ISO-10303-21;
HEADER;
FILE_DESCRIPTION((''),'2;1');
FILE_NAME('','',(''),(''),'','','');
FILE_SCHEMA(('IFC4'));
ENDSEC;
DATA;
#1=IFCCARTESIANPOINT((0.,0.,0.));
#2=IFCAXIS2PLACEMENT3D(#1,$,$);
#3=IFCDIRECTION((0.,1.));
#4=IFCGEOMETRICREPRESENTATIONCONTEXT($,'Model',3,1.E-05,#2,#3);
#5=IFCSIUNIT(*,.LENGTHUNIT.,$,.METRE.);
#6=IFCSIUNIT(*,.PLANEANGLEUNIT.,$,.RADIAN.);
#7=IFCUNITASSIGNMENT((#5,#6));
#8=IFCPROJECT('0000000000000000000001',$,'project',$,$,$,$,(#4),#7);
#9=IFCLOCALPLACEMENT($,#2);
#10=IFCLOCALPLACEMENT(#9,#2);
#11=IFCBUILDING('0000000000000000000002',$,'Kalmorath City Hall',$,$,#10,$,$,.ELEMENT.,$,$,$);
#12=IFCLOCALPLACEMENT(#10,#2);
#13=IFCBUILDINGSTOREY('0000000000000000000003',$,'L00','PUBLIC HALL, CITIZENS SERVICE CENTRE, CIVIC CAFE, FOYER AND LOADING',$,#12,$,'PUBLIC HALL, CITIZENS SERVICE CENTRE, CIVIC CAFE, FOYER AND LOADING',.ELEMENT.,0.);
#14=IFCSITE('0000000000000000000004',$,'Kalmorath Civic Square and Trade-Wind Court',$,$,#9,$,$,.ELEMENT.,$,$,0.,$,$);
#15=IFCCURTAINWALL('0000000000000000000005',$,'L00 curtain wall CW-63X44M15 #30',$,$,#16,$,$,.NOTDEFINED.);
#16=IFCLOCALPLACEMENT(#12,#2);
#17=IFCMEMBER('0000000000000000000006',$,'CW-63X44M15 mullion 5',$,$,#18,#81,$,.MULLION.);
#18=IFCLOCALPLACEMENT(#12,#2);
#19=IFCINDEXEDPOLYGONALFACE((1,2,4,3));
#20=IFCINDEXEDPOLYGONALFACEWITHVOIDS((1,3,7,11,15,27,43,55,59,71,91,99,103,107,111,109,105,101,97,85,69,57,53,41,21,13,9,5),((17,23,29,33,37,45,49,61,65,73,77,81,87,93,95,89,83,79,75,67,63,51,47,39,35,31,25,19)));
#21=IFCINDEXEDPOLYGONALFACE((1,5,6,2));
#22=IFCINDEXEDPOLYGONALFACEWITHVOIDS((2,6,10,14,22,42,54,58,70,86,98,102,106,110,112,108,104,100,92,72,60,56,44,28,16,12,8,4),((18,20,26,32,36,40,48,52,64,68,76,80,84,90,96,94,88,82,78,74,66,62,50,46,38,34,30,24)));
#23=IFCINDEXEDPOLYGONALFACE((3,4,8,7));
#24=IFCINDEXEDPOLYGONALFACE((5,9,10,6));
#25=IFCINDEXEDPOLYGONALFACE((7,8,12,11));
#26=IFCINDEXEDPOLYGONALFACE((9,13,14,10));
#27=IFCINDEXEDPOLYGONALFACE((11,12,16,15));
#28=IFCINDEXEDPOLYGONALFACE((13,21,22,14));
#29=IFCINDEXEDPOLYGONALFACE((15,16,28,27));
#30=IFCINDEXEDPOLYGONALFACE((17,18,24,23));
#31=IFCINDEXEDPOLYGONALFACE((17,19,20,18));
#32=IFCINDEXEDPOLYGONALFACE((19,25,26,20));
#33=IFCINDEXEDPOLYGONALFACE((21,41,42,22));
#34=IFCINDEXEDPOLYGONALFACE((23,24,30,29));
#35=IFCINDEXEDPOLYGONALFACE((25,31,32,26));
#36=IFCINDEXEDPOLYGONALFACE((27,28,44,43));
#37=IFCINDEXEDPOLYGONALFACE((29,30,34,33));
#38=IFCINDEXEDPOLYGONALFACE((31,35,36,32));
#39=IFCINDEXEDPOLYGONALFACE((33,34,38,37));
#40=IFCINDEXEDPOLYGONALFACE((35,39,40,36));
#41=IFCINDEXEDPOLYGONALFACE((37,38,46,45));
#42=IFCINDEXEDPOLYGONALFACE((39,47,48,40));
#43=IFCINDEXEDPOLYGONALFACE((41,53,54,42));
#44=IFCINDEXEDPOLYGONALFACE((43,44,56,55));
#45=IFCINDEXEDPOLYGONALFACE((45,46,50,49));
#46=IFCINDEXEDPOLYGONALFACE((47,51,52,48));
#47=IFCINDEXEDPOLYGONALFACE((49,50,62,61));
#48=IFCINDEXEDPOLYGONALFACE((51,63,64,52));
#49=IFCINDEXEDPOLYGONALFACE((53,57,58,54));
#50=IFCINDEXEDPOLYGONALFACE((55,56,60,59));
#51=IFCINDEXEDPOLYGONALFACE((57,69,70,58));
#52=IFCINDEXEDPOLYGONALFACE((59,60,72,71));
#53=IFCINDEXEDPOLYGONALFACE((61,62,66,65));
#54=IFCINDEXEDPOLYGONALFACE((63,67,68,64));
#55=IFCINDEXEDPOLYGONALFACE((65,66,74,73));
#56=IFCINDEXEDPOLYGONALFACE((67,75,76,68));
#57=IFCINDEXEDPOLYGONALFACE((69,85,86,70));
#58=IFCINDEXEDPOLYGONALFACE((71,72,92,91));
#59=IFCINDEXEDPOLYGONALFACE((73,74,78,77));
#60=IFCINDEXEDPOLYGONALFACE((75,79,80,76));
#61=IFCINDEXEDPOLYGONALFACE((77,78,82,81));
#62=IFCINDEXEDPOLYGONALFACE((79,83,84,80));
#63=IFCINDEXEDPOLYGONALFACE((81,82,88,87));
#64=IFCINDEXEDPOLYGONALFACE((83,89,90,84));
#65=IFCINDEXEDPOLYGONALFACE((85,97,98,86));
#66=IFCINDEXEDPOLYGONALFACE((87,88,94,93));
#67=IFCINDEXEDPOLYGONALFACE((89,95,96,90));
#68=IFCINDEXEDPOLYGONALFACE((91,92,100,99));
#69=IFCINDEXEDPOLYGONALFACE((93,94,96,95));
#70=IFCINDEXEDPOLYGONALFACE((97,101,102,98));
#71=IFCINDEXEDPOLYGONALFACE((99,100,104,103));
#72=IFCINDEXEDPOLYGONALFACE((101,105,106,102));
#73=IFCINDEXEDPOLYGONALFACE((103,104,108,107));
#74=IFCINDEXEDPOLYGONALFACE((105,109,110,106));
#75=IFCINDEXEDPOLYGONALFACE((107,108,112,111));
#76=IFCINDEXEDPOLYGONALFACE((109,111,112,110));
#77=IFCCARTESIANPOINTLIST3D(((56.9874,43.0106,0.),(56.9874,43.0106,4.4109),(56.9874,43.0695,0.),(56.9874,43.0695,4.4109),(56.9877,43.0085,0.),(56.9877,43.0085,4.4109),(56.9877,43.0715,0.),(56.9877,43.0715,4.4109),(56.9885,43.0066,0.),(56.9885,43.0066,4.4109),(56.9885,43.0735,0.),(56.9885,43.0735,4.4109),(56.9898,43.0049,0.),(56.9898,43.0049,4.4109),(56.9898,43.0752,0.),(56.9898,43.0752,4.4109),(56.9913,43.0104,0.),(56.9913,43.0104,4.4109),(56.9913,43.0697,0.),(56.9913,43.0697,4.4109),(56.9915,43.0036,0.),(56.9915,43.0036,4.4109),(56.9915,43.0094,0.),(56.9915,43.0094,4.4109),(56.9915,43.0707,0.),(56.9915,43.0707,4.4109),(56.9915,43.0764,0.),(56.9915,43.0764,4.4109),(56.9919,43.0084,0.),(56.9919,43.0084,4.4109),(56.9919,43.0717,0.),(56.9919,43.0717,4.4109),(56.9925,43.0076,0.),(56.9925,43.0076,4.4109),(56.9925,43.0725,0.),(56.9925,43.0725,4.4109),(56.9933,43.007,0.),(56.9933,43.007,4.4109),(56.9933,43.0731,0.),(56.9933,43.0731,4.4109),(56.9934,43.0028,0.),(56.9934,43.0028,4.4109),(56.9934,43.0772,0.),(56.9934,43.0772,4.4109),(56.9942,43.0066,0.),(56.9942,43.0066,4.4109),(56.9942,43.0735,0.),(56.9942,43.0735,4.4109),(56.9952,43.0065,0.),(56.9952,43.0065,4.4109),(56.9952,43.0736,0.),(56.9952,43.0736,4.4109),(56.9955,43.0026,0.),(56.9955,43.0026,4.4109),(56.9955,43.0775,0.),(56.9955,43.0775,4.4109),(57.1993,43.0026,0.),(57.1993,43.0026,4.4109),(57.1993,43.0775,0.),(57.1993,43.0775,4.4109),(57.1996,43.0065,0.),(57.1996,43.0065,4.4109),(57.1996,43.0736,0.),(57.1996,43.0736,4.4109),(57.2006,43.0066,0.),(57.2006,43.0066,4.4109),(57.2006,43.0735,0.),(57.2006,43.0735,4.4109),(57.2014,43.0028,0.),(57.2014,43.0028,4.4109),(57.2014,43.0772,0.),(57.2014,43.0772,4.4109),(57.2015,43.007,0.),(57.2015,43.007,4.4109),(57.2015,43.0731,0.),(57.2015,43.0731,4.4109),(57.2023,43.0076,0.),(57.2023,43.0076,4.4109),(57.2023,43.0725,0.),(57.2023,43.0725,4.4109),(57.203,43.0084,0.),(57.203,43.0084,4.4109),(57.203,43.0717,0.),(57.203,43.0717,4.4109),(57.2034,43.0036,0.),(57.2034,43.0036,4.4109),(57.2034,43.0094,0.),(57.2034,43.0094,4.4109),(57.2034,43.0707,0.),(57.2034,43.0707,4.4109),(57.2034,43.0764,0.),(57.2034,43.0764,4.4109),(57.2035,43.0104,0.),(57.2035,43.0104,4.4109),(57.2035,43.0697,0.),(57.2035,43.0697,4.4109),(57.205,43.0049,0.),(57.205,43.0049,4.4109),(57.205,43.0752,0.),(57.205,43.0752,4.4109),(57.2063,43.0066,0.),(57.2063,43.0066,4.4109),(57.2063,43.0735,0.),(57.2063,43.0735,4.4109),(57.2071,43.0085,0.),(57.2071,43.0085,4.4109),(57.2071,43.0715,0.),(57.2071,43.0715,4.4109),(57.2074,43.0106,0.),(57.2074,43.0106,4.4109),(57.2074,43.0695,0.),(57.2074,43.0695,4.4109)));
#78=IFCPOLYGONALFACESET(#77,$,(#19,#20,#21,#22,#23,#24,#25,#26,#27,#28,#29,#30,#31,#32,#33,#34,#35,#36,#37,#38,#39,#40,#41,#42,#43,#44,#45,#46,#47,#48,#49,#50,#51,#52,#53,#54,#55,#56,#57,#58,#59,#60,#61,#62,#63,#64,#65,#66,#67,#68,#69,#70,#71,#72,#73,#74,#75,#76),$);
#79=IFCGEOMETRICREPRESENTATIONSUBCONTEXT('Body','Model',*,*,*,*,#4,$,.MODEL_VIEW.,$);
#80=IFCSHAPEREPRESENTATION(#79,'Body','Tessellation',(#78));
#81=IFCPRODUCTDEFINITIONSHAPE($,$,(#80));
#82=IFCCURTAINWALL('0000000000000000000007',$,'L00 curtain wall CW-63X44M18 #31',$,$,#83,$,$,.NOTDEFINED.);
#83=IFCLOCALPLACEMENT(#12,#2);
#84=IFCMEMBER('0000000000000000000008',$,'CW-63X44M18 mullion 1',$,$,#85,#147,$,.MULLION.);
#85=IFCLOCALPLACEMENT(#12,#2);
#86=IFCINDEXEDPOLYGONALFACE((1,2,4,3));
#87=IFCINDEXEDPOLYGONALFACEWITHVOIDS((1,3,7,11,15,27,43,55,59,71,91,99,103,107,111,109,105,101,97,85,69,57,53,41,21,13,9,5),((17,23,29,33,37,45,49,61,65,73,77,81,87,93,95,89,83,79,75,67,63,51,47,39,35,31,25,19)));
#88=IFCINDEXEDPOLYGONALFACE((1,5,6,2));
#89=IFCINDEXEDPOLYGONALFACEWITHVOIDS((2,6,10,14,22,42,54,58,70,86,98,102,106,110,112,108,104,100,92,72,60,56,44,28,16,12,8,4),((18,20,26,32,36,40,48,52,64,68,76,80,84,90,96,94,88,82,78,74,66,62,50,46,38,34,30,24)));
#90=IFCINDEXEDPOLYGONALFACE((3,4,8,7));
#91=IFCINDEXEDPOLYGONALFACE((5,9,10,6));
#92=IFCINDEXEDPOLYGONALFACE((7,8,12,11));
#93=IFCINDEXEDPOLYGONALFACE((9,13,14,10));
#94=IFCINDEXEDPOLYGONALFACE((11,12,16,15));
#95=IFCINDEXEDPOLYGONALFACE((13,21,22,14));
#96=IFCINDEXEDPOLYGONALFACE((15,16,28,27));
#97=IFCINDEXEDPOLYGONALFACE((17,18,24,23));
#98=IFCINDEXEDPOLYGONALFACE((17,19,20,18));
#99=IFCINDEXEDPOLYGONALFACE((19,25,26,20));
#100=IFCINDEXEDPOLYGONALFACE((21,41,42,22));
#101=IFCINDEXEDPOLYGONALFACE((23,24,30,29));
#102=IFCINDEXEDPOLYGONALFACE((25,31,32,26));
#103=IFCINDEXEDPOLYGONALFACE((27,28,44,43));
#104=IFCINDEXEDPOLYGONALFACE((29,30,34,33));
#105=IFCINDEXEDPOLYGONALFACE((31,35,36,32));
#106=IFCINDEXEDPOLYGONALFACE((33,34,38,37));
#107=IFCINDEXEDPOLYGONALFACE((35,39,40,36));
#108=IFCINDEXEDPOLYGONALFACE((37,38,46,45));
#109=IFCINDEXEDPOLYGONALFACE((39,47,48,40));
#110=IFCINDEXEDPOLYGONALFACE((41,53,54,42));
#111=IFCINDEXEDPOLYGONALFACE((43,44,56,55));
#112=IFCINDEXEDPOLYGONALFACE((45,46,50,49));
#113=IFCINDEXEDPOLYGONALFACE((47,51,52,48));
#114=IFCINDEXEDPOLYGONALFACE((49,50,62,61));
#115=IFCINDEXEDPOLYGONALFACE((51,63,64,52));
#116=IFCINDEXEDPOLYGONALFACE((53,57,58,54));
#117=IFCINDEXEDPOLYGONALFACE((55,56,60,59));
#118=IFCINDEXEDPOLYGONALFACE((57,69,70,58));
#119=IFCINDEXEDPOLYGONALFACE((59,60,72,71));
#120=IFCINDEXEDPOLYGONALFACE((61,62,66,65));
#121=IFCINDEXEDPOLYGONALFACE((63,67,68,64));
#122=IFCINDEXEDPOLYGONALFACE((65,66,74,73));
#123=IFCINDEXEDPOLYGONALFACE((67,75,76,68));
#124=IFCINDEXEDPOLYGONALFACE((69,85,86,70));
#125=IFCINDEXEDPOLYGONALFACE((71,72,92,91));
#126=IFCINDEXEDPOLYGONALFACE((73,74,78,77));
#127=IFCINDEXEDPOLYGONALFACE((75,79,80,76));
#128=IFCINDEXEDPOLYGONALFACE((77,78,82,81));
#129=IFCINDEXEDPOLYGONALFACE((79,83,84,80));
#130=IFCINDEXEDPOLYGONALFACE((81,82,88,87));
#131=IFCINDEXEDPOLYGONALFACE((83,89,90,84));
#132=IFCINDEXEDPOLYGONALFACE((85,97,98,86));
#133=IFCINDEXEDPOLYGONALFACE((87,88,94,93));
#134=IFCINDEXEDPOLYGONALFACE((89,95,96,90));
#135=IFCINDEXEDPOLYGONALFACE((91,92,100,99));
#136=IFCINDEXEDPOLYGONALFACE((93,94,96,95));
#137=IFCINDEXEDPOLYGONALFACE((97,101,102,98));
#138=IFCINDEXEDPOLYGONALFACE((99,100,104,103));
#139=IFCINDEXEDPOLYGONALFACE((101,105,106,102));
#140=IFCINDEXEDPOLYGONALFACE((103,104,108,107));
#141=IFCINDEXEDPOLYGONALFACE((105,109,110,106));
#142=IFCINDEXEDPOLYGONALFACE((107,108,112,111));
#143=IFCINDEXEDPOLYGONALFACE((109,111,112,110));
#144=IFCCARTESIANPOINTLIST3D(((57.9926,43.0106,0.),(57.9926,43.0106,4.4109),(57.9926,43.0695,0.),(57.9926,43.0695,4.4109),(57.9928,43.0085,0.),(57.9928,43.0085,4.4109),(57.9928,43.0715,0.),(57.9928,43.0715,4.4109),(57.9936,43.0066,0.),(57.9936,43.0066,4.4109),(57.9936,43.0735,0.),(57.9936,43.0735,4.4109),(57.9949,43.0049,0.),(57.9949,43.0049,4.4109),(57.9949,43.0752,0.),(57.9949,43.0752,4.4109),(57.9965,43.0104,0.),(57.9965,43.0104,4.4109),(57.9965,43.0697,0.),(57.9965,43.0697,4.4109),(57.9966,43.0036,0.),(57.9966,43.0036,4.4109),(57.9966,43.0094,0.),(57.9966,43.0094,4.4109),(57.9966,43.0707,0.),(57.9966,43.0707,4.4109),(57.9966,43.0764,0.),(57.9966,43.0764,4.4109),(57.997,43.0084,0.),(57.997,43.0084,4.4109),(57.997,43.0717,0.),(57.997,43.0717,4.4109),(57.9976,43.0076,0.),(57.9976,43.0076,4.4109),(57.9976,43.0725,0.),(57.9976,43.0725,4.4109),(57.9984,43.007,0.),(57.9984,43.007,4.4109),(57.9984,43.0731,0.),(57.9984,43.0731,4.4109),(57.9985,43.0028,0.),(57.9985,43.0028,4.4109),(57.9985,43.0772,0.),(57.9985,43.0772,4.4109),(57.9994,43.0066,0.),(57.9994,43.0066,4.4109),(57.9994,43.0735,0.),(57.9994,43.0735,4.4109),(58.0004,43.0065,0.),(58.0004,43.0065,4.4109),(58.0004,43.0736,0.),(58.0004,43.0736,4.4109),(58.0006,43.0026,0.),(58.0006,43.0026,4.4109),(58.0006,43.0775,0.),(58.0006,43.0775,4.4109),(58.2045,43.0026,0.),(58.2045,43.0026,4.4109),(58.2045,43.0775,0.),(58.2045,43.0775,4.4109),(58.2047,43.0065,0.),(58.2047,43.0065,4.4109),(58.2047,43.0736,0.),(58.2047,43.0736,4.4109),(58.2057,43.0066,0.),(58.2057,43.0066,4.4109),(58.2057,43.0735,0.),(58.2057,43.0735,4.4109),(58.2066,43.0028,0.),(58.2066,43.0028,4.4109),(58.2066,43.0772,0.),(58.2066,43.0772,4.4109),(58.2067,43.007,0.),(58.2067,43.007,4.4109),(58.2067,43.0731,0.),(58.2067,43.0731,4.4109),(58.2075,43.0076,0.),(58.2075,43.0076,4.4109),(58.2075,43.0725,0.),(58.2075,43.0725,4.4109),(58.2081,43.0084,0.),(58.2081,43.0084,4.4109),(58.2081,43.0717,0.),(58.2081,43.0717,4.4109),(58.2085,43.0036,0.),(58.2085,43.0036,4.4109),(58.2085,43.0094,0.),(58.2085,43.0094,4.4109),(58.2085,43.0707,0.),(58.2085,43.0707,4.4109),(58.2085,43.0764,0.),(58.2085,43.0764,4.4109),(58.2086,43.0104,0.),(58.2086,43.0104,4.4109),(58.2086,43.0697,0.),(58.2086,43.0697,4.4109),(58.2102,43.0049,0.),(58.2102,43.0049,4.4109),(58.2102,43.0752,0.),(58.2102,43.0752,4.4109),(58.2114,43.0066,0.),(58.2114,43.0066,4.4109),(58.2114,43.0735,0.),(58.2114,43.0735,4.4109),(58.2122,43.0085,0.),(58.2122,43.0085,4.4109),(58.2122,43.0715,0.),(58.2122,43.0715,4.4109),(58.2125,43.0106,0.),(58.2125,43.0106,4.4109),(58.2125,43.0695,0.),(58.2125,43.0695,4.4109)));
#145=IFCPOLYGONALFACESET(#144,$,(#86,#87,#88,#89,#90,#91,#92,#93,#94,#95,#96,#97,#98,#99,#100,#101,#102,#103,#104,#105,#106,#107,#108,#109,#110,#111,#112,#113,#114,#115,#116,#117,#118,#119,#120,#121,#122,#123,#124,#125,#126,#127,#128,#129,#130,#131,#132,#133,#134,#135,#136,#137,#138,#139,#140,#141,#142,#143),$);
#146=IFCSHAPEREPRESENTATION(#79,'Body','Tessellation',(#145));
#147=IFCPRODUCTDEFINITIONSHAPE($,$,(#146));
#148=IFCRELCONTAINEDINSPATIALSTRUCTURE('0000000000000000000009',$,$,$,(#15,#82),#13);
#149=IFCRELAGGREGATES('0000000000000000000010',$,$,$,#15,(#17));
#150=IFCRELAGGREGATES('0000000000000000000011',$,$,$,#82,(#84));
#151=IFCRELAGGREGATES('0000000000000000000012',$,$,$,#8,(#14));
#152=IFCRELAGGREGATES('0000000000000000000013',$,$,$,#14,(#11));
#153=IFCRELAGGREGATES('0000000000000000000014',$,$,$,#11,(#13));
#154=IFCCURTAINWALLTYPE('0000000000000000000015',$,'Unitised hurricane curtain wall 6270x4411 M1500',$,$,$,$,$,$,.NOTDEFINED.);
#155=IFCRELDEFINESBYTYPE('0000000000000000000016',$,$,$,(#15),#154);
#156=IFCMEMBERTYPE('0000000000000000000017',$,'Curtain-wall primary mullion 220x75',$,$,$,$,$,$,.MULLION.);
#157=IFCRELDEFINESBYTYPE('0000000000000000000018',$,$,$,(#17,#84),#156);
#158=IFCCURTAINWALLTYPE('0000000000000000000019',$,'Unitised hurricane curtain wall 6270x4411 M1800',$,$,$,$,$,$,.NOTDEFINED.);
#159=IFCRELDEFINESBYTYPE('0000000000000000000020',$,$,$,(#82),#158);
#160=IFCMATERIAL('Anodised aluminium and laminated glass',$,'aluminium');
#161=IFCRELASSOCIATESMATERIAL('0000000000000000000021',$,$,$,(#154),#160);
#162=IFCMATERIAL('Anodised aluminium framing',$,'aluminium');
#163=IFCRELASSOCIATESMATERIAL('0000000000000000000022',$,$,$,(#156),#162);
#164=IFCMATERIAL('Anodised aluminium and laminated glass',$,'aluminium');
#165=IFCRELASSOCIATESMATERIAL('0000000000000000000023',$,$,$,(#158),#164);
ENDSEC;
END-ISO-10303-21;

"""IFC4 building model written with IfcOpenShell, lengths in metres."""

from ifc_helpers import new_model, si_unit, direction, frame, origin, origin_2d, place, context, subcontext, project, spatial, hollow_rectangle, extrude, material, material_profile, profile_set, type_object, element, aggregate, save


model = new_model("IFC4")

# Units and contexts
model_context = context("Model", 3, precision=1e-05, world=origin(), true_north=direction((0.0, 1.0)))
body_context = subcontext(model_context, "Body", "Model", "MODEL_VIEW")
ifc_project = project(units=[si_unit("LENGTHUNIT", "METRE"), si_unit("PLANEANGLEUNIT", "RADIAN")], contexts=[model_context])

# Site, building, storey
site_placement = place(None, origin())
site = spatial("IfcSite", under=ifc_project, at=site_placement, Name="Kalmorath Civic Square and Trade-Wind Court", CompositionType="ELEMENT", RefElevation=0.0)
building_placement = place(site_placement, origin())
building = spatial("IfcBuilding", under=site, at=building_placement, Name="Kalmorath City Hall", CompositionType="ELEMENT")
storey_placement = place(building_placement, origin())
storey = spatial("IfcBuildingStorey", under=building, at=storey_placement, Name="L00", Description="PUBLIC HALL, CITIZENS SERVICE CENTRE, CIVIC CAFE, FOYER AND LOADING", LongName="PUBLIC HALL, CITIZENS SERVICE CENTRE, CIVIC CAFE, FOYER AND LOADING", CompositionType="ELEMENT", Elevation=0.0)

# Curtain wall, member
ifc_material_1 = material(Name="Anodised aluminium and laminated glass", Category="aluminium")
curtain_wall_type_1 = type_object("IfcCurtainWallType", Name="Unitised hurricane curtain wall 6270x4411 M1500", PredefinedType="NOTDEFINED", material=ifc_material_1)
curtain_wall_1_placement = place(storey_placement, origin())
curtain_wall_1 = element("IfcCurtainWall", 1, at=curtain_wall_1_placement, inside=storey, type_object=curtain_wall_type_1, Name="L00 curtain wall CW-63X44M15 #30", PredefinedType="NOTDEFINED")
ifc_material_2 = material(Name="Anodised aluminium framing", Category="aluminium")
ifc_material_profile_1 = material_profile(ifc_material_2, hollow_rectangle(XDim=0.075, YDim=0.22, WallThickness=0.0039, InnerFilletRadius=0.0039, OuterFilletRadius=0.0081, at=origin_2d()), Name="ALU-MUL-220X75X4")
ifc_profile_set_1 = profile_set([ifc_material_profile_1], Name="Anodised aluminium framing")
member_type_1 = type_object("IfcMemberType", Name="Curtain-wall primary mullion 220x75", PredefinedType="MULLION", material=ifc_profile_set_1)
member_1_placement = place(storey_placement, frame((57.0974, 43.04, 0.0), z_axis=(0.0, 0.0, 1.0), x_axis=(0.0, 1.0, 0.0)))
member_1 = element("IfcMember", 2, at=member_1_placement, type_object=member_type_1, Name="CW-63X44M15 mullion 5", PredefinedType="MULLION", context=body_context, shape_type="SweptSolid", body=[
    extrude(hollow_rectangle(XDim=0.075, YDim=0.22, WallThickness=0.0039, InnerFilletRadius=0.0039, OuterFilletRadius=0.0081, at=origin_2d()), origin(), (0.0, 0.0, 1.0), 4.4109),
])

# Curtain wall, member
ifc_material_3 = material(Name="Anodised aluminium and laminated glass", Category="aluminium")
curtain_wall_type_2 = type_object("IfcCurtainWallType", Name="Unitised hurricane curtain wall 6270x4411 M1800", PredefinedType="NOTDEFINED", material=ifc_material_3)
curtain_wall_2_placement = place(storey_placement, origin())
curtain_wall_2 = element("IfcCurtainWall", 3, at=curtain_wall_2_placement, inside=storey, type_object=curtain_wall_type_2, Name="L00 curtain wall CW-63X44M18 #31", PredefinedType="NOTDEFINED")
member_2_placement = place(storey_placement, frame((58.1025, 43.04, 0.0), z_axis=(0.0, 0.0, 1.0), x_axis=(0.0, 1.0, 0.0)))
member_2 = element("IfcMember", 4, at=member_2_placement, type_object=member_type_1, Name="CW-63X44M18 mullion 1", PredefinedType="MULLION", context=body_context, shape_type="SweptSolid", body=[
    extrude(hollow_rectangle(XDim=0.075, YDim=0.22, WallThickness=0.0039, InnerFilletRadius=0.0039, OuterFilletRadius=0.0081, at=origin_2d()), origin(), (0.0, 0.0, 1.0), 4.4109),
])

aggregate(curtain_wall_1, [member_1])
aggregate(curtain_wall_2, [member_2])

save(model, "model.ifc")
